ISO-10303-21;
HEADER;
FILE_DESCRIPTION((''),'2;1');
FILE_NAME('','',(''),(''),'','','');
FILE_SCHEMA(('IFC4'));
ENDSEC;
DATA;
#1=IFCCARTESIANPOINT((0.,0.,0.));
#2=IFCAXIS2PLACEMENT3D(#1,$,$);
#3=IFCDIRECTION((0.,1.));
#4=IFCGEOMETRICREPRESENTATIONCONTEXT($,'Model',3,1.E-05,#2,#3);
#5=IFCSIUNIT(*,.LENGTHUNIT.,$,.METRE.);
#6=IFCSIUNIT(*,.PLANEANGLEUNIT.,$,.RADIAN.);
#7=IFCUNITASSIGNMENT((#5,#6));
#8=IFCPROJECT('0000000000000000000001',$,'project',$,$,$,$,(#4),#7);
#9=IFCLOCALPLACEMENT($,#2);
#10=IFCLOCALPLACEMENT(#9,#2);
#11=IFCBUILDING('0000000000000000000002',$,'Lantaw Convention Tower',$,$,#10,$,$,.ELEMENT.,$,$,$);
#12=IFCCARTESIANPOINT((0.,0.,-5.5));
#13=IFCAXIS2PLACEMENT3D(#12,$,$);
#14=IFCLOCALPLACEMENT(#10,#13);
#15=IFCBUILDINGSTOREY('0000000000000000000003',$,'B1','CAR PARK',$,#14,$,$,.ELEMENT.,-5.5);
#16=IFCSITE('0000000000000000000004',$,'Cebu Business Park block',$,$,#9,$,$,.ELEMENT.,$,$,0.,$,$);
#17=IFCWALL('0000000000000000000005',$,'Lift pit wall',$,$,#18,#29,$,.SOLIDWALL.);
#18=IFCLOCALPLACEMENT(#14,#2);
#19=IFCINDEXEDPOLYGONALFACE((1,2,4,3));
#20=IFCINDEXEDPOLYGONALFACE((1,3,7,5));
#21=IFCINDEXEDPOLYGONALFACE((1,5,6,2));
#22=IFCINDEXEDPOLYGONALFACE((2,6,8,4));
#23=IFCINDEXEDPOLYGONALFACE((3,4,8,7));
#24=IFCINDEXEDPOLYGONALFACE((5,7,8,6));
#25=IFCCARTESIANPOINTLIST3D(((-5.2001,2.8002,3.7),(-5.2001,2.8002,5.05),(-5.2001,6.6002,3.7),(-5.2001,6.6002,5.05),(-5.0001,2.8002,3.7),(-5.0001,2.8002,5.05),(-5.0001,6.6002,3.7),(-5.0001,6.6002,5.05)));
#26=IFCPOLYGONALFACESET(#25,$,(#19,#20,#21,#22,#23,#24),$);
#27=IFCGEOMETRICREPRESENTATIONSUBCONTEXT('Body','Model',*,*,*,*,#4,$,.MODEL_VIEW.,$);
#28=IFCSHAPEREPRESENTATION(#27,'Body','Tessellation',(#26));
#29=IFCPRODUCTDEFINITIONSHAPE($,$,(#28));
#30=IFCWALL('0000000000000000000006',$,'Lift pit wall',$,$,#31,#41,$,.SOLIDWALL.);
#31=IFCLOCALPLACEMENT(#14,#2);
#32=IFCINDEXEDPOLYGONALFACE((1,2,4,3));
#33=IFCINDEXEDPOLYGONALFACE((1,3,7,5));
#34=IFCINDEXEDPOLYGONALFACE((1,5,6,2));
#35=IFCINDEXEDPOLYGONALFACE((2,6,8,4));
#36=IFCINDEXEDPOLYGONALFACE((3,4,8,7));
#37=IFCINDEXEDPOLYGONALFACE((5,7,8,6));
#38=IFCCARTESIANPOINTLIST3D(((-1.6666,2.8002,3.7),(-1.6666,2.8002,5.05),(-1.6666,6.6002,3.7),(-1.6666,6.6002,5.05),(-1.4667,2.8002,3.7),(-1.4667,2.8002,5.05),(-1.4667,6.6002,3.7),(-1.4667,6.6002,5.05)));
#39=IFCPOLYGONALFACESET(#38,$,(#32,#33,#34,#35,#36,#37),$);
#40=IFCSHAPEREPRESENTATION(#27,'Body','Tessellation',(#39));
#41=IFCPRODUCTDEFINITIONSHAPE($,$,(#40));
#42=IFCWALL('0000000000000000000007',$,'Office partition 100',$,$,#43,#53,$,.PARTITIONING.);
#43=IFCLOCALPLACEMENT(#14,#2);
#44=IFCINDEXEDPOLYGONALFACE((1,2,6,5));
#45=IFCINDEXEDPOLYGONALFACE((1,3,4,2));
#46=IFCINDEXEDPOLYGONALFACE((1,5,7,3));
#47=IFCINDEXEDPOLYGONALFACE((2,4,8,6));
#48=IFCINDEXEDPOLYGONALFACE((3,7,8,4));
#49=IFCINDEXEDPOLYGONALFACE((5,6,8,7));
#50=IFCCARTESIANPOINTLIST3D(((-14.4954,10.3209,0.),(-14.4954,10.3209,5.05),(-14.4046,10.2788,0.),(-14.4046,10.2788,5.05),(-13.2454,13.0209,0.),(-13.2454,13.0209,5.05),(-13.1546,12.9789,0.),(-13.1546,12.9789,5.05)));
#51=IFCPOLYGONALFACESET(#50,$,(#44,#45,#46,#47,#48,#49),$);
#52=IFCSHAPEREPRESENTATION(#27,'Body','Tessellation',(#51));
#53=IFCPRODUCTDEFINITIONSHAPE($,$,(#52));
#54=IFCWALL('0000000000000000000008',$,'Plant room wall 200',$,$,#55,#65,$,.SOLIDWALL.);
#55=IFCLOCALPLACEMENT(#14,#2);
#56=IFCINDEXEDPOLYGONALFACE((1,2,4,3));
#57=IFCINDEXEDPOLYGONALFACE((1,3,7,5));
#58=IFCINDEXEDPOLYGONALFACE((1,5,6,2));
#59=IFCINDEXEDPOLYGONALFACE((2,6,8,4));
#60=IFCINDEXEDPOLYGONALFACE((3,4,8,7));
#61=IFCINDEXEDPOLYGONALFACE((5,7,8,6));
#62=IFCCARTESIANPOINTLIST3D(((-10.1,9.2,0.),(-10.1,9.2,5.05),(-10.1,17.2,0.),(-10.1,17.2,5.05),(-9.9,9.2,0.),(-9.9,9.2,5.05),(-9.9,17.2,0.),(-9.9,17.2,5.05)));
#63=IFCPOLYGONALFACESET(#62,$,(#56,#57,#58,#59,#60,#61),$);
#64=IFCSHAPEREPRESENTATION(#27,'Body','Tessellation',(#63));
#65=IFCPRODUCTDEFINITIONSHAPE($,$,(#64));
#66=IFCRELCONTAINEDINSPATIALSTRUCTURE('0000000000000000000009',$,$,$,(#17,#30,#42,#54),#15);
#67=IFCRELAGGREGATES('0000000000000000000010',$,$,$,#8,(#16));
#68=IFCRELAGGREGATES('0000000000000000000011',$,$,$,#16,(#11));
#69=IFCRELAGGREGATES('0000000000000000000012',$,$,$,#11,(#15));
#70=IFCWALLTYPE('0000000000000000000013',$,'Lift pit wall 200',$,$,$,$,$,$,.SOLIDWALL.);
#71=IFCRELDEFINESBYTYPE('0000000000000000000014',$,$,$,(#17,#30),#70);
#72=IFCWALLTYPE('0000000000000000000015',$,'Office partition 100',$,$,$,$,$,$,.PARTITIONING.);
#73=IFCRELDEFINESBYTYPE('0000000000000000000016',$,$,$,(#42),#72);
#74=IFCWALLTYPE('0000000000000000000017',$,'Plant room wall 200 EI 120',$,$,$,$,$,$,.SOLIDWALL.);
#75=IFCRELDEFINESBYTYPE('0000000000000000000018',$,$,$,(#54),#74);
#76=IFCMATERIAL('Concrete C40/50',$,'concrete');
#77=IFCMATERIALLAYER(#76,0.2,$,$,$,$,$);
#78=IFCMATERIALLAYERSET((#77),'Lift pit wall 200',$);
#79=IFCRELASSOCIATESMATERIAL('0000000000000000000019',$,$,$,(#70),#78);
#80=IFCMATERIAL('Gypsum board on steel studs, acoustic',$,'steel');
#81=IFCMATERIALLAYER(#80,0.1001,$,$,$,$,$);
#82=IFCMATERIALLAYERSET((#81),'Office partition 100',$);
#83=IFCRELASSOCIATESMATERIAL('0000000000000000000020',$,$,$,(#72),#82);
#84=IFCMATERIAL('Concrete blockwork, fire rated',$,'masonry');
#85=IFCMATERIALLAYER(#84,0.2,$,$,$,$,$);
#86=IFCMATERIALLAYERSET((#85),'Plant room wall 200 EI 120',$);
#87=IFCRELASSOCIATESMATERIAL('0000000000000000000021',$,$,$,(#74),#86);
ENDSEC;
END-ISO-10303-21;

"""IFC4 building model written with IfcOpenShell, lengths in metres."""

from ifc_helpers import new_model, si_unit, direction, frame, frame_2d, origin, place, context, subcontext, project, spatial, rectangle, extrude, material, layer, layer_set, type_object, element, save


model = new_model("IFC4")

# Units and contexts
model_context = context("Model", 3, precision=1e-05, world=origin(), true_north=direction((0.0, 1.0)))
body_context = subcontext(model_context, "Body", "Model", "MODEL_VIEW")
ifc_project = project(units=[si_unit("LENGTHUNIT", "METRE"), si_unit("PLANEANGLEUNIT", "RADIAN")], contexts=[model_context])

# Site, building, storey
site_placement = place(None, origin())
site = spatial("IfcSite", under=ifc_project, at=site_placement, Name="Cebu Business Park block", CompositionType="ELEMENT", RefElevation=0.0)
building_placement = place(site_placement, origin())
building = spatial("IfcBuilding", under=site, at=building_placement, Name="Lantaw Convention Tower", CompositionType="ELEMENT")
storey_placement = place(building_placement, frame((0.0, 0.0, -5.5)))
storey = spatial("IfcBuildingStorey", under=building, at=storey_placement, Name="B1", Description="CAR PARK", CompositionType="ELEMENT", Elevation=-5.5)

# Walls
ifc_material_1 = material(Name="Concrete C40/50", Category="concrete")
ifc_layer_1 = layer(ifc_material_1, 0.2)
ifc_layer_set_1 = layer_set([ifc_layer_1], Name="Lift pit wall 200")
wall_type_1 = type_object("IfcWallType", Name="Lift pit wall 200", PredefinedType="SOLIDWALL", material=ifc_layer_set_1)
for number, where, z_axis, x_axis, name in (
    (1, (-5.1001, 6.6001, 3.7), (0.0, 0.0, 1.0), (0.0, -1.0, 0.0), "Lift pit wall"),
    (2, (-1.5667, 6.6001, 3.7), (0.0, 0.0, 1.0), (0.0, -1.0, 0.0), "Lift pit wall"),
):
    element("IfcWall", number, at=place(storey_placement, frame(where, z_axis=z_axis, x_axis=x_axis)), inside=storey, type_object=wall_type_1, Name=name, PredefinedType="SOLIDWALL", context=body_context, shape_type="SweptSolid", body=[
        extrude(rectangle(XDim=3.8, YDim=0.2, at=frame_2d((1.8999, 0.0))), origin(), (0.0, 0.0, 1.0), 1.3501),
    ])
ifc_material_2 = material(Name="Gypsum board on steel studs, acoustic", Category="steel")
ifc_layer_2 = layer(ifc_material_2, 0.1001)
ifc_layer_set_2 = layer_set([ifc_layer_2], Name="Office partition 100")
wall_type_2 = type_object("IfcWallType", Name="Office partition 100", PredefinedType="PARTITIONING", material=ifc_layer_set_2)
wall_1_placement = place(storey_placement, frame((-13.2, 13.0, 0.0), z_axis=(0.0, 0.0, 1.0), x_axis=(-0.42013, -0.907464, 0.0)))
element("IfcWall", 3, at=wall_1_placement, inside=storey, type_object=wall_type_2, Name="Office partition 100", PredefinedType="PARTITIONING", context=body_context, shape_type="SweptSolid", body=[
    extrude(rectangle(XDim=2.9753, YDim=0.1001, at=frame_2d((1.4878, 0.0))), origin(), (0.0, 0.0, 1.0), 5.05),
])
ifc_material_3 = material(Name="Concrete blockwork, fire rated", Category="masonry")
ifc_layer_3 = layer(ifc_material_3, 0.2)
ifc_layer_set_3 = layer_set([ifc_layer_3], Name="Plant room wall 200 EI 120")
wall_type_3 = type_object("IfcWallType", Name="Plant room wall 200 EI 120", PredefinedType="SOLIDWALL", material=ifc_layer_set_3)
wall_2_placement = place(storey_placement, frame((-10.0, 9.2, 0.0), z_axis=(0.0, 0.0, 1.0), x_axis=(0.0, 1.0, 0.0)))
element("IfcWall", 4, at=wall_2_placement, inside=storey, type_object=wall_type_3, Name="Plant room wall 200", PredefinedType="SOLIDWALL", context=body_context, shape_type="SweptSolid", body=[
    extrude(rectangle(XDim=8.0, YDim=0.2, at=frame_2d((4.0, 0.0))), origin(), (0.0, 0.0, 1.0), 5.05),
])

save(model, "model.ifc")
